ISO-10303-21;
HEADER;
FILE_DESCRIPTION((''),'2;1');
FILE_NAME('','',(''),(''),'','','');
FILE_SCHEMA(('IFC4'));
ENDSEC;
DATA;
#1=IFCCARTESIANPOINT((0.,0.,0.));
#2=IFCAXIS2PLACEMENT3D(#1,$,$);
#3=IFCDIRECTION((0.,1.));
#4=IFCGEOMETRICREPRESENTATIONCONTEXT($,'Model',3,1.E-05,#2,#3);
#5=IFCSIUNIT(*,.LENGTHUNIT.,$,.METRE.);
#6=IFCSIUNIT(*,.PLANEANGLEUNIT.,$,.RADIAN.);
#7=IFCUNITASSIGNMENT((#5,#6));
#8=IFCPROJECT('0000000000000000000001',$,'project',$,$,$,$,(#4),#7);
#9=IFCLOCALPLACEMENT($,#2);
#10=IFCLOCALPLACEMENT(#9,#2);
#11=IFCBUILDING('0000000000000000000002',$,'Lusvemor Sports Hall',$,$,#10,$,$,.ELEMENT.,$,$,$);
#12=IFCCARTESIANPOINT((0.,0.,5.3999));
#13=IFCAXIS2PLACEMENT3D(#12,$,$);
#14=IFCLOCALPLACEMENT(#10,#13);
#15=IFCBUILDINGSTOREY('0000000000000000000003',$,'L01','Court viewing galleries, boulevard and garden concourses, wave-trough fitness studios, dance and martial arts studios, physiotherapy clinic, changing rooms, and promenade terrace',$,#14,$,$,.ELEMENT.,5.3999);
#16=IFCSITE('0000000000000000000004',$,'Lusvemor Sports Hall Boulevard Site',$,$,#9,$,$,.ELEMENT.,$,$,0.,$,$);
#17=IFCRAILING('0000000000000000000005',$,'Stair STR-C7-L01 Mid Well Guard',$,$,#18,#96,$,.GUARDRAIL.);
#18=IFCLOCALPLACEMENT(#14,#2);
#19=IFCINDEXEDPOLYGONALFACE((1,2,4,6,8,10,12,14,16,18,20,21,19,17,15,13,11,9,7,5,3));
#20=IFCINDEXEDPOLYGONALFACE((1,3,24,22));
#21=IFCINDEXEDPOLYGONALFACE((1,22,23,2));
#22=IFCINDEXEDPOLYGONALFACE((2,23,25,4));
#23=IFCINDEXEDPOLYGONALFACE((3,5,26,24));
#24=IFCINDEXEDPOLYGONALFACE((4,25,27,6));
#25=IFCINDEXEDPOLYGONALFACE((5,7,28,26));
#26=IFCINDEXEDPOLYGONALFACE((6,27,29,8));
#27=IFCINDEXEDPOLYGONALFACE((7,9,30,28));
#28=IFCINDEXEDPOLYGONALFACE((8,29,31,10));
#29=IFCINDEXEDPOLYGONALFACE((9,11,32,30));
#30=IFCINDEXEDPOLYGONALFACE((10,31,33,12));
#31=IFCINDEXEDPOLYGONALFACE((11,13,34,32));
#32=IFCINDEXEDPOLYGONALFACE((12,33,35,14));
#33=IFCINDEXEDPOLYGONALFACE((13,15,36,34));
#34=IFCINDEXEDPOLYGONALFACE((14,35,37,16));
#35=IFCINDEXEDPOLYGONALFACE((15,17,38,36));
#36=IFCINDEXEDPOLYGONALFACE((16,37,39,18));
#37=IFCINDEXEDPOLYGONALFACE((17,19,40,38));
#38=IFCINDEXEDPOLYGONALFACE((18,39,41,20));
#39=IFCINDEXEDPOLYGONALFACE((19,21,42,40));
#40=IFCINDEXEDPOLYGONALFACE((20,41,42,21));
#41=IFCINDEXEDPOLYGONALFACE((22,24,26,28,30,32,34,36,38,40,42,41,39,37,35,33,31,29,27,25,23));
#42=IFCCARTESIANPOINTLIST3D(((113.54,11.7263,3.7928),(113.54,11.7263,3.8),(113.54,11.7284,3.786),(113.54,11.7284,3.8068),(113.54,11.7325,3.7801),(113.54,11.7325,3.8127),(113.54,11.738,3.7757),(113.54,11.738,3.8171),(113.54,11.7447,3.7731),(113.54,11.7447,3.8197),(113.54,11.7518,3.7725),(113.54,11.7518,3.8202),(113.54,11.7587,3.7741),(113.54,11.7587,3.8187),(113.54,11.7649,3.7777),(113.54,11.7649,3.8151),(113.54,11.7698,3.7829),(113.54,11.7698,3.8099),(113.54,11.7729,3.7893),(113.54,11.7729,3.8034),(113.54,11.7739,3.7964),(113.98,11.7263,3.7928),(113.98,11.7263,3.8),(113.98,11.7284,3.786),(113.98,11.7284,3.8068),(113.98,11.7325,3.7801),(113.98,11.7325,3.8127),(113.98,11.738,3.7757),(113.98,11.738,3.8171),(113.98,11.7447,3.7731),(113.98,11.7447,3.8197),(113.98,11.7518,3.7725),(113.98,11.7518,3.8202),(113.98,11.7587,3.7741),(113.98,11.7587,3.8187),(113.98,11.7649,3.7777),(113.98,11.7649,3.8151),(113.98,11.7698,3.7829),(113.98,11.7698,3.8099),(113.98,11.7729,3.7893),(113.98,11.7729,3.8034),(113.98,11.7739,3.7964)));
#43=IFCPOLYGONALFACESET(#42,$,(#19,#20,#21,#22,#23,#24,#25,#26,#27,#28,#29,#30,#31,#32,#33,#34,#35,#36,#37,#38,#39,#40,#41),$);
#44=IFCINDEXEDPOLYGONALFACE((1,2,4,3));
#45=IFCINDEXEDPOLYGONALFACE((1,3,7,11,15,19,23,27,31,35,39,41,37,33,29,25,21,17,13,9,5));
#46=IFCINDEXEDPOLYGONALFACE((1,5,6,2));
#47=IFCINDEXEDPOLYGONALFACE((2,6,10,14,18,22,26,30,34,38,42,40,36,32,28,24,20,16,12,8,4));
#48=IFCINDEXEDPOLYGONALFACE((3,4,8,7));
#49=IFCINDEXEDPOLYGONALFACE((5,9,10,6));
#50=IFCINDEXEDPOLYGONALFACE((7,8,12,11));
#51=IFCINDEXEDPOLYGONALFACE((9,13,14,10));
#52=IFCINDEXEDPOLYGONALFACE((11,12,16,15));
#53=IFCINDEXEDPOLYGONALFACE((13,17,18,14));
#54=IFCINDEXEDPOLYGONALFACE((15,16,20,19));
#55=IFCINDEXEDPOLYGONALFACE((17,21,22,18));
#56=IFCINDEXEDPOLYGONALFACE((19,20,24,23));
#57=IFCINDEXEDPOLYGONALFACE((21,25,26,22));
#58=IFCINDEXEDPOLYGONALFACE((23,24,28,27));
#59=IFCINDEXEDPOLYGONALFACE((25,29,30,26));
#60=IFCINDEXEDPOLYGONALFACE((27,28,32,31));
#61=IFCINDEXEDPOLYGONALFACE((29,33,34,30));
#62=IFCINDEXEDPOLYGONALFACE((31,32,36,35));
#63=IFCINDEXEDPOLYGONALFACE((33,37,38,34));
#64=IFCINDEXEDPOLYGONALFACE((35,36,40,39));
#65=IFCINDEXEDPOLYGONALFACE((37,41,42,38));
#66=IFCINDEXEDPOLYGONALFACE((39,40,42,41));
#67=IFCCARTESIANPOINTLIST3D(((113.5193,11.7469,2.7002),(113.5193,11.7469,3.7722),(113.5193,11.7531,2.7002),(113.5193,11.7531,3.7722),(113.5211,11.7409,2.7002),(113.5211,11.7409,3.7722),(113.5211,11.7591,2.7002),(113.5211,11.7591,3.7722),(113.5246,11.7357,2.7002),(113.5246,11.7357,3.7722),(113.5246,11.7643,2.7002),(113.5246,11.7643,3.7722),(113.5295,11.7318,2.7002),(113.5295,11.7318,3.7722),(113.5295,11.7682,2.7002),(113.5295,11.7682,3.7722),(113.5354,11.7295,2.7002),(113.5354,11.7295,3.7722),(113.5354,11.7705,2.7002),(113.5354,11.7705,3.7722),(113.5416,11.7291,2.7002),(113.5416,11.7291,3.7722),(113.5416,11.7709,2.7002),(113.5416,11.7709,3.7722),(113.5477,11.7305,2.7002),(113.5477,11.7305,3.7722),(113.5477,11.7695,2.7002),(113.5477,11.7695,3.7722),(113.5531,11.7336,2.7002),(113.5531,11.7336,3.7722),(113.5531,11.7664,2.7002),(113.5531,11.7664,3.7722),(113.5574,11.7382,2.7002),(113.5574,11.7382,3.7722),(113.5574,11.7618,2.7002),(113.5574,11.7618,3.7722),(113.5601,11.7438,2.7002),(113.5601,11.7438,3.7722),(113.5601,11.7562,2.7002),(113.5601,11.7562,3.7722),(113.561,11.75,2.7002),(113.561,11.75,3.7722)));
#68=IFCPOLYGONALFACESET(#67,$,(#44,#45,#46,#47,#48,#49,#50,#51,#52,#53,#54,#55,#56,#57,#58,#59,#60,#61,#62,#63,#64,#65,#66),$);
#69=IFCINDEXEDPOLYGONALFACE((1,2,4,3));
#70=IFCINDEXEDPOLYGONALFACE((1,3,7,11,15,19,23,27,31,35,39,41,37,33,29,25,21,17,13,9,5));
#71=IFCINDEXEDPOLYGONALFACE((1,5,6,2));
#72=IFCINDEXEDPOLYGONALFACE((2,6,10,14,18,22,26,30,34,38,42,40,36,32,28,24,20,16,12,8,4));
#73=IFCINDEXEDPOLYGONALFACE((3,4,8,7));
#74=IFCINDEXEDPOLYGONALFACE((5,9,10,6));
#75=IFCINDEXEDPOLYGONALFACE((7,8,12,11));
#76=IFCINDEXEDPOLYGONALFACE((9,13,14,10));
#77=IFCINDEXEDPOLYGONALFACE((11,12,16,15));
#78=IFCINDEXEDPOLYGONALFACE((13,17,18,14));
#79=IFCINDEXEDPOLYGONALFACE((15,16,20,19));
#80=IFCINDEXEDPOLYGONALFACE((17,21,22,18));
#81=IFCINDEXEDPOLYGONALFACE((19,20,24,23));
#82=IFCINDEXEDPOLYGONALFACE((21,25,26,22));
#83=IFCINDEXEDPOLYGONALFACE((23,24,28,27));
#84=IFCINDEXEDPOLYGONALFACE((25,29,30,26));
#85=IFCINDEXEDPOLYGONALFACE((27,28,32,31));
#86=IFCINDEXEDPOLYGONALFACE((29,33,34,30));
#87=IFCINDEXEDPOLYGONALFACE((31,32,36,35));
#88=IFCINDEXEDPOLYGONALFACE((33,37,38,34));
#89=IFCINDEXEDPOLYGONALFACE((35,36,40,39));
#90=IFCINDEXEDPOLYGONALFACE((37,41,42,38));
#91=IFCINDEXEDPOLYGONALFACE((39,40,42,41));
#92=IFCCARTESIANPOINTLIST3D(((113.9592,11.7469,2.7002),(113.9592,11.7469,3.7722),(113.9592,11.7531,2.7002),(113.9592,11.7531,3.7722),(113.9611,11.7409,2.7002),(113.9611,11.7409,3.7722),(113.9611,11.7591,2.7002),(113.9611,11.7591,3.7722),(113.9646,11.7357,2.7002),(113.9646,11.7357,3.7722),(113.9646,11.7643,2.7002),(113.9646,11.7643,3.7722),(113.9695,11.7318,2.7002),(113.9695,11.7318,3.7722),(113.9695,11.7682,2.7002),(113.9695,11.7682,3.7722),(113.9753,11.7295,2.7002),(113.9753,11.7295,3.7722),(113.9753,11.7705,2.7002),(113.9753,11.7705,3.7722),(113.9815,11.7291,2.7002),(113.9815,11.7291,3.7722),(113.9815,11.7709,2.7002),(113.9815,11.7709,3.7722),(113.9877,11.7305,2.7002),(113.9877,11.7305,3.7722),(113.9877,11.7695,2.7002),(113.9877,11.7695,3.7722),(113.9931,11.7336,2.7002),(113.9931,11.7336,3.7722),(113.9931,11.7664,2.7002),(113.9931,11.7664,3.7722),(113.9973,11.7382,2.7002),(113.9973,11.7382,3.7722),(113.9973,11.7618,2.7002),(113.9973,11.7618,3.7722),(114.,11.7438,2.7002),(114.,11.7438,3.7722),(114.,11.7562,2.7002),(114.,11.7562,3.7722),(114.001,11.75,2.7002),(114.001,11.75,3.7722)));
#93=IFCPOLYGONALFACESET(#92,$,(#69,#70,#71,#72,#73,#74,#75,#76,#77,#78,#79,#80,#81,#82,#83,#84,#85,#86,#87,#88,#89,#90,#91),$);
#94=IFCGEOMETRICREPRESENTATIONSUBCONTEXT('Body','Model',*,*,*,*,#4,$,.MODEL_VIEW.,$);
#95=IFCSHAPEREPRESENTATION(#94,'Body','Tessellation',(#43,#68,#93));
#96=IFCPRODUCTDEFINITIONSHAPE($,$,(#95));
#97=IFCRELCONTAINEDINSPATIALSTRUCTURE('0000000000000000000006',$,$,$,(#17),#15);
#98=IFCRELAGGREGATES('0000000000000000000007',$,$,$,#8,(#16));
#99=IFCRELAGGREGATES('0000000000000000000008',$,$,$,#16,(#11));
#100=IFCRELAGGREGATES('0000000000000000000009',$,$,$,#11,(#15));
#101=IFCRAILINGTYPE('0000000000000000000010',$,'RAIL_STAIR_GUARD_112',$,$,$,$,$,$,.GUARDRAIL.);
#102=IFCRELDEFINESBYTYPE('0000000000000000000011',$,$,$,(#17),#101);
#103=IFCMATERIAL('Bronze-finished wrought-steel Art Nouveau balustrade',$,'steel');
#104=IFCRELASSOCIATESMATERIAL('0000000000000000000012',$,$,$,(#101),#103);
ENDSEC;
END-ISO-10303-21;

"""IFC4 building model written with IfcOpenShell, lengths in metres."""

from ifc_helpers import new_model, si_unit, direction, frame, origin, origin_2d, place, context, subcontext, project, spatial, circle, extrude, material, type_object, element, save


model = new_model("IFC4")

# Units and contexts
model_context = context("Model", 3, precision=1e-05, world=origin(), true_north=direction((0.0, 1.0)))
body_context = subcontext(model_context, "Body", "Model", "MODEL_VIEW")
ifc_project = project(units=[si_unit("LENGTHUNIT", "METRE"), si_unit("PLANEANGLEUNIT", "RADIAN")], contexts=[model_context])

# Site, building, storey
site_placement = place(None, origin())
site = spatial("IfcSite", under=ifc_project, at=site_placement, Name="Lusvemor Sports Hall Boulevard Site", CompositionType="ELEMENT", RefElevation=0.0)
building_placement = place(site_placement, origin())
building = spatial("IfcBuilding", under=site, at=building_placement, Name="Lusvemor Sports Hall", CompositionType="ELEMENT")
storey_placement = place(building_placement, frame((0.0, 0.0, 5.3999)))
storey = spatial("IfcBuildingStorey", under=building, at=storey_placement, Name="L01", Description="Court viewing galleries, boulevard and garden concourses, wave-trough fitness studios, dance and martial arts studios, physiotherapy clinic, changing rooms, and promenade terrace", CompositionType="ELEMENT", Elevation=5.3999)

# Railing
ifc_material_1 = material(Name="Bronze-finished wrought-steel Art Nouveau balustrade", Category="steel")
railing_type_1 = type_object("IfcRailingType", Name="RAIL_STAIR_GUARD_112", PredefinedType="GUARDRAIL", material=ifc_material_1)
railing_1_placement = place(storey_placement, frame((113.54, 11.75, 2.7002)))
element("IfcRailing", 1, at=railing_1_placement, inside=storey, type_object=railing_type_1, Name="Stair STR-C7-L01 Mid Well Guard", PredefinedType="GUARDRAIL", context=body_context, shape_type="SweptSolid", body=[
    extrude(circle(Radius=0.0239, at=origin_2d()), frame((0.0, 0.0, 1.0962), z_axis=(1.0, 0.0, 0.0), x_axis=(0.0, 1.0, 0.0)), (0.0, 0.0, 1.0), 0.4399),
    extrude(circle(Radius=0.021, at=origin_2d()), origin(), (0.0, 0.0, 1.0), 1.072),
    extrude(circle(Radius=0.021, at=origin_2d()), frame((0.4399, 0.0, 0.0)), (0.0, 0.0, 1.0), 1.072),
])

save(model, "model.ifc")
